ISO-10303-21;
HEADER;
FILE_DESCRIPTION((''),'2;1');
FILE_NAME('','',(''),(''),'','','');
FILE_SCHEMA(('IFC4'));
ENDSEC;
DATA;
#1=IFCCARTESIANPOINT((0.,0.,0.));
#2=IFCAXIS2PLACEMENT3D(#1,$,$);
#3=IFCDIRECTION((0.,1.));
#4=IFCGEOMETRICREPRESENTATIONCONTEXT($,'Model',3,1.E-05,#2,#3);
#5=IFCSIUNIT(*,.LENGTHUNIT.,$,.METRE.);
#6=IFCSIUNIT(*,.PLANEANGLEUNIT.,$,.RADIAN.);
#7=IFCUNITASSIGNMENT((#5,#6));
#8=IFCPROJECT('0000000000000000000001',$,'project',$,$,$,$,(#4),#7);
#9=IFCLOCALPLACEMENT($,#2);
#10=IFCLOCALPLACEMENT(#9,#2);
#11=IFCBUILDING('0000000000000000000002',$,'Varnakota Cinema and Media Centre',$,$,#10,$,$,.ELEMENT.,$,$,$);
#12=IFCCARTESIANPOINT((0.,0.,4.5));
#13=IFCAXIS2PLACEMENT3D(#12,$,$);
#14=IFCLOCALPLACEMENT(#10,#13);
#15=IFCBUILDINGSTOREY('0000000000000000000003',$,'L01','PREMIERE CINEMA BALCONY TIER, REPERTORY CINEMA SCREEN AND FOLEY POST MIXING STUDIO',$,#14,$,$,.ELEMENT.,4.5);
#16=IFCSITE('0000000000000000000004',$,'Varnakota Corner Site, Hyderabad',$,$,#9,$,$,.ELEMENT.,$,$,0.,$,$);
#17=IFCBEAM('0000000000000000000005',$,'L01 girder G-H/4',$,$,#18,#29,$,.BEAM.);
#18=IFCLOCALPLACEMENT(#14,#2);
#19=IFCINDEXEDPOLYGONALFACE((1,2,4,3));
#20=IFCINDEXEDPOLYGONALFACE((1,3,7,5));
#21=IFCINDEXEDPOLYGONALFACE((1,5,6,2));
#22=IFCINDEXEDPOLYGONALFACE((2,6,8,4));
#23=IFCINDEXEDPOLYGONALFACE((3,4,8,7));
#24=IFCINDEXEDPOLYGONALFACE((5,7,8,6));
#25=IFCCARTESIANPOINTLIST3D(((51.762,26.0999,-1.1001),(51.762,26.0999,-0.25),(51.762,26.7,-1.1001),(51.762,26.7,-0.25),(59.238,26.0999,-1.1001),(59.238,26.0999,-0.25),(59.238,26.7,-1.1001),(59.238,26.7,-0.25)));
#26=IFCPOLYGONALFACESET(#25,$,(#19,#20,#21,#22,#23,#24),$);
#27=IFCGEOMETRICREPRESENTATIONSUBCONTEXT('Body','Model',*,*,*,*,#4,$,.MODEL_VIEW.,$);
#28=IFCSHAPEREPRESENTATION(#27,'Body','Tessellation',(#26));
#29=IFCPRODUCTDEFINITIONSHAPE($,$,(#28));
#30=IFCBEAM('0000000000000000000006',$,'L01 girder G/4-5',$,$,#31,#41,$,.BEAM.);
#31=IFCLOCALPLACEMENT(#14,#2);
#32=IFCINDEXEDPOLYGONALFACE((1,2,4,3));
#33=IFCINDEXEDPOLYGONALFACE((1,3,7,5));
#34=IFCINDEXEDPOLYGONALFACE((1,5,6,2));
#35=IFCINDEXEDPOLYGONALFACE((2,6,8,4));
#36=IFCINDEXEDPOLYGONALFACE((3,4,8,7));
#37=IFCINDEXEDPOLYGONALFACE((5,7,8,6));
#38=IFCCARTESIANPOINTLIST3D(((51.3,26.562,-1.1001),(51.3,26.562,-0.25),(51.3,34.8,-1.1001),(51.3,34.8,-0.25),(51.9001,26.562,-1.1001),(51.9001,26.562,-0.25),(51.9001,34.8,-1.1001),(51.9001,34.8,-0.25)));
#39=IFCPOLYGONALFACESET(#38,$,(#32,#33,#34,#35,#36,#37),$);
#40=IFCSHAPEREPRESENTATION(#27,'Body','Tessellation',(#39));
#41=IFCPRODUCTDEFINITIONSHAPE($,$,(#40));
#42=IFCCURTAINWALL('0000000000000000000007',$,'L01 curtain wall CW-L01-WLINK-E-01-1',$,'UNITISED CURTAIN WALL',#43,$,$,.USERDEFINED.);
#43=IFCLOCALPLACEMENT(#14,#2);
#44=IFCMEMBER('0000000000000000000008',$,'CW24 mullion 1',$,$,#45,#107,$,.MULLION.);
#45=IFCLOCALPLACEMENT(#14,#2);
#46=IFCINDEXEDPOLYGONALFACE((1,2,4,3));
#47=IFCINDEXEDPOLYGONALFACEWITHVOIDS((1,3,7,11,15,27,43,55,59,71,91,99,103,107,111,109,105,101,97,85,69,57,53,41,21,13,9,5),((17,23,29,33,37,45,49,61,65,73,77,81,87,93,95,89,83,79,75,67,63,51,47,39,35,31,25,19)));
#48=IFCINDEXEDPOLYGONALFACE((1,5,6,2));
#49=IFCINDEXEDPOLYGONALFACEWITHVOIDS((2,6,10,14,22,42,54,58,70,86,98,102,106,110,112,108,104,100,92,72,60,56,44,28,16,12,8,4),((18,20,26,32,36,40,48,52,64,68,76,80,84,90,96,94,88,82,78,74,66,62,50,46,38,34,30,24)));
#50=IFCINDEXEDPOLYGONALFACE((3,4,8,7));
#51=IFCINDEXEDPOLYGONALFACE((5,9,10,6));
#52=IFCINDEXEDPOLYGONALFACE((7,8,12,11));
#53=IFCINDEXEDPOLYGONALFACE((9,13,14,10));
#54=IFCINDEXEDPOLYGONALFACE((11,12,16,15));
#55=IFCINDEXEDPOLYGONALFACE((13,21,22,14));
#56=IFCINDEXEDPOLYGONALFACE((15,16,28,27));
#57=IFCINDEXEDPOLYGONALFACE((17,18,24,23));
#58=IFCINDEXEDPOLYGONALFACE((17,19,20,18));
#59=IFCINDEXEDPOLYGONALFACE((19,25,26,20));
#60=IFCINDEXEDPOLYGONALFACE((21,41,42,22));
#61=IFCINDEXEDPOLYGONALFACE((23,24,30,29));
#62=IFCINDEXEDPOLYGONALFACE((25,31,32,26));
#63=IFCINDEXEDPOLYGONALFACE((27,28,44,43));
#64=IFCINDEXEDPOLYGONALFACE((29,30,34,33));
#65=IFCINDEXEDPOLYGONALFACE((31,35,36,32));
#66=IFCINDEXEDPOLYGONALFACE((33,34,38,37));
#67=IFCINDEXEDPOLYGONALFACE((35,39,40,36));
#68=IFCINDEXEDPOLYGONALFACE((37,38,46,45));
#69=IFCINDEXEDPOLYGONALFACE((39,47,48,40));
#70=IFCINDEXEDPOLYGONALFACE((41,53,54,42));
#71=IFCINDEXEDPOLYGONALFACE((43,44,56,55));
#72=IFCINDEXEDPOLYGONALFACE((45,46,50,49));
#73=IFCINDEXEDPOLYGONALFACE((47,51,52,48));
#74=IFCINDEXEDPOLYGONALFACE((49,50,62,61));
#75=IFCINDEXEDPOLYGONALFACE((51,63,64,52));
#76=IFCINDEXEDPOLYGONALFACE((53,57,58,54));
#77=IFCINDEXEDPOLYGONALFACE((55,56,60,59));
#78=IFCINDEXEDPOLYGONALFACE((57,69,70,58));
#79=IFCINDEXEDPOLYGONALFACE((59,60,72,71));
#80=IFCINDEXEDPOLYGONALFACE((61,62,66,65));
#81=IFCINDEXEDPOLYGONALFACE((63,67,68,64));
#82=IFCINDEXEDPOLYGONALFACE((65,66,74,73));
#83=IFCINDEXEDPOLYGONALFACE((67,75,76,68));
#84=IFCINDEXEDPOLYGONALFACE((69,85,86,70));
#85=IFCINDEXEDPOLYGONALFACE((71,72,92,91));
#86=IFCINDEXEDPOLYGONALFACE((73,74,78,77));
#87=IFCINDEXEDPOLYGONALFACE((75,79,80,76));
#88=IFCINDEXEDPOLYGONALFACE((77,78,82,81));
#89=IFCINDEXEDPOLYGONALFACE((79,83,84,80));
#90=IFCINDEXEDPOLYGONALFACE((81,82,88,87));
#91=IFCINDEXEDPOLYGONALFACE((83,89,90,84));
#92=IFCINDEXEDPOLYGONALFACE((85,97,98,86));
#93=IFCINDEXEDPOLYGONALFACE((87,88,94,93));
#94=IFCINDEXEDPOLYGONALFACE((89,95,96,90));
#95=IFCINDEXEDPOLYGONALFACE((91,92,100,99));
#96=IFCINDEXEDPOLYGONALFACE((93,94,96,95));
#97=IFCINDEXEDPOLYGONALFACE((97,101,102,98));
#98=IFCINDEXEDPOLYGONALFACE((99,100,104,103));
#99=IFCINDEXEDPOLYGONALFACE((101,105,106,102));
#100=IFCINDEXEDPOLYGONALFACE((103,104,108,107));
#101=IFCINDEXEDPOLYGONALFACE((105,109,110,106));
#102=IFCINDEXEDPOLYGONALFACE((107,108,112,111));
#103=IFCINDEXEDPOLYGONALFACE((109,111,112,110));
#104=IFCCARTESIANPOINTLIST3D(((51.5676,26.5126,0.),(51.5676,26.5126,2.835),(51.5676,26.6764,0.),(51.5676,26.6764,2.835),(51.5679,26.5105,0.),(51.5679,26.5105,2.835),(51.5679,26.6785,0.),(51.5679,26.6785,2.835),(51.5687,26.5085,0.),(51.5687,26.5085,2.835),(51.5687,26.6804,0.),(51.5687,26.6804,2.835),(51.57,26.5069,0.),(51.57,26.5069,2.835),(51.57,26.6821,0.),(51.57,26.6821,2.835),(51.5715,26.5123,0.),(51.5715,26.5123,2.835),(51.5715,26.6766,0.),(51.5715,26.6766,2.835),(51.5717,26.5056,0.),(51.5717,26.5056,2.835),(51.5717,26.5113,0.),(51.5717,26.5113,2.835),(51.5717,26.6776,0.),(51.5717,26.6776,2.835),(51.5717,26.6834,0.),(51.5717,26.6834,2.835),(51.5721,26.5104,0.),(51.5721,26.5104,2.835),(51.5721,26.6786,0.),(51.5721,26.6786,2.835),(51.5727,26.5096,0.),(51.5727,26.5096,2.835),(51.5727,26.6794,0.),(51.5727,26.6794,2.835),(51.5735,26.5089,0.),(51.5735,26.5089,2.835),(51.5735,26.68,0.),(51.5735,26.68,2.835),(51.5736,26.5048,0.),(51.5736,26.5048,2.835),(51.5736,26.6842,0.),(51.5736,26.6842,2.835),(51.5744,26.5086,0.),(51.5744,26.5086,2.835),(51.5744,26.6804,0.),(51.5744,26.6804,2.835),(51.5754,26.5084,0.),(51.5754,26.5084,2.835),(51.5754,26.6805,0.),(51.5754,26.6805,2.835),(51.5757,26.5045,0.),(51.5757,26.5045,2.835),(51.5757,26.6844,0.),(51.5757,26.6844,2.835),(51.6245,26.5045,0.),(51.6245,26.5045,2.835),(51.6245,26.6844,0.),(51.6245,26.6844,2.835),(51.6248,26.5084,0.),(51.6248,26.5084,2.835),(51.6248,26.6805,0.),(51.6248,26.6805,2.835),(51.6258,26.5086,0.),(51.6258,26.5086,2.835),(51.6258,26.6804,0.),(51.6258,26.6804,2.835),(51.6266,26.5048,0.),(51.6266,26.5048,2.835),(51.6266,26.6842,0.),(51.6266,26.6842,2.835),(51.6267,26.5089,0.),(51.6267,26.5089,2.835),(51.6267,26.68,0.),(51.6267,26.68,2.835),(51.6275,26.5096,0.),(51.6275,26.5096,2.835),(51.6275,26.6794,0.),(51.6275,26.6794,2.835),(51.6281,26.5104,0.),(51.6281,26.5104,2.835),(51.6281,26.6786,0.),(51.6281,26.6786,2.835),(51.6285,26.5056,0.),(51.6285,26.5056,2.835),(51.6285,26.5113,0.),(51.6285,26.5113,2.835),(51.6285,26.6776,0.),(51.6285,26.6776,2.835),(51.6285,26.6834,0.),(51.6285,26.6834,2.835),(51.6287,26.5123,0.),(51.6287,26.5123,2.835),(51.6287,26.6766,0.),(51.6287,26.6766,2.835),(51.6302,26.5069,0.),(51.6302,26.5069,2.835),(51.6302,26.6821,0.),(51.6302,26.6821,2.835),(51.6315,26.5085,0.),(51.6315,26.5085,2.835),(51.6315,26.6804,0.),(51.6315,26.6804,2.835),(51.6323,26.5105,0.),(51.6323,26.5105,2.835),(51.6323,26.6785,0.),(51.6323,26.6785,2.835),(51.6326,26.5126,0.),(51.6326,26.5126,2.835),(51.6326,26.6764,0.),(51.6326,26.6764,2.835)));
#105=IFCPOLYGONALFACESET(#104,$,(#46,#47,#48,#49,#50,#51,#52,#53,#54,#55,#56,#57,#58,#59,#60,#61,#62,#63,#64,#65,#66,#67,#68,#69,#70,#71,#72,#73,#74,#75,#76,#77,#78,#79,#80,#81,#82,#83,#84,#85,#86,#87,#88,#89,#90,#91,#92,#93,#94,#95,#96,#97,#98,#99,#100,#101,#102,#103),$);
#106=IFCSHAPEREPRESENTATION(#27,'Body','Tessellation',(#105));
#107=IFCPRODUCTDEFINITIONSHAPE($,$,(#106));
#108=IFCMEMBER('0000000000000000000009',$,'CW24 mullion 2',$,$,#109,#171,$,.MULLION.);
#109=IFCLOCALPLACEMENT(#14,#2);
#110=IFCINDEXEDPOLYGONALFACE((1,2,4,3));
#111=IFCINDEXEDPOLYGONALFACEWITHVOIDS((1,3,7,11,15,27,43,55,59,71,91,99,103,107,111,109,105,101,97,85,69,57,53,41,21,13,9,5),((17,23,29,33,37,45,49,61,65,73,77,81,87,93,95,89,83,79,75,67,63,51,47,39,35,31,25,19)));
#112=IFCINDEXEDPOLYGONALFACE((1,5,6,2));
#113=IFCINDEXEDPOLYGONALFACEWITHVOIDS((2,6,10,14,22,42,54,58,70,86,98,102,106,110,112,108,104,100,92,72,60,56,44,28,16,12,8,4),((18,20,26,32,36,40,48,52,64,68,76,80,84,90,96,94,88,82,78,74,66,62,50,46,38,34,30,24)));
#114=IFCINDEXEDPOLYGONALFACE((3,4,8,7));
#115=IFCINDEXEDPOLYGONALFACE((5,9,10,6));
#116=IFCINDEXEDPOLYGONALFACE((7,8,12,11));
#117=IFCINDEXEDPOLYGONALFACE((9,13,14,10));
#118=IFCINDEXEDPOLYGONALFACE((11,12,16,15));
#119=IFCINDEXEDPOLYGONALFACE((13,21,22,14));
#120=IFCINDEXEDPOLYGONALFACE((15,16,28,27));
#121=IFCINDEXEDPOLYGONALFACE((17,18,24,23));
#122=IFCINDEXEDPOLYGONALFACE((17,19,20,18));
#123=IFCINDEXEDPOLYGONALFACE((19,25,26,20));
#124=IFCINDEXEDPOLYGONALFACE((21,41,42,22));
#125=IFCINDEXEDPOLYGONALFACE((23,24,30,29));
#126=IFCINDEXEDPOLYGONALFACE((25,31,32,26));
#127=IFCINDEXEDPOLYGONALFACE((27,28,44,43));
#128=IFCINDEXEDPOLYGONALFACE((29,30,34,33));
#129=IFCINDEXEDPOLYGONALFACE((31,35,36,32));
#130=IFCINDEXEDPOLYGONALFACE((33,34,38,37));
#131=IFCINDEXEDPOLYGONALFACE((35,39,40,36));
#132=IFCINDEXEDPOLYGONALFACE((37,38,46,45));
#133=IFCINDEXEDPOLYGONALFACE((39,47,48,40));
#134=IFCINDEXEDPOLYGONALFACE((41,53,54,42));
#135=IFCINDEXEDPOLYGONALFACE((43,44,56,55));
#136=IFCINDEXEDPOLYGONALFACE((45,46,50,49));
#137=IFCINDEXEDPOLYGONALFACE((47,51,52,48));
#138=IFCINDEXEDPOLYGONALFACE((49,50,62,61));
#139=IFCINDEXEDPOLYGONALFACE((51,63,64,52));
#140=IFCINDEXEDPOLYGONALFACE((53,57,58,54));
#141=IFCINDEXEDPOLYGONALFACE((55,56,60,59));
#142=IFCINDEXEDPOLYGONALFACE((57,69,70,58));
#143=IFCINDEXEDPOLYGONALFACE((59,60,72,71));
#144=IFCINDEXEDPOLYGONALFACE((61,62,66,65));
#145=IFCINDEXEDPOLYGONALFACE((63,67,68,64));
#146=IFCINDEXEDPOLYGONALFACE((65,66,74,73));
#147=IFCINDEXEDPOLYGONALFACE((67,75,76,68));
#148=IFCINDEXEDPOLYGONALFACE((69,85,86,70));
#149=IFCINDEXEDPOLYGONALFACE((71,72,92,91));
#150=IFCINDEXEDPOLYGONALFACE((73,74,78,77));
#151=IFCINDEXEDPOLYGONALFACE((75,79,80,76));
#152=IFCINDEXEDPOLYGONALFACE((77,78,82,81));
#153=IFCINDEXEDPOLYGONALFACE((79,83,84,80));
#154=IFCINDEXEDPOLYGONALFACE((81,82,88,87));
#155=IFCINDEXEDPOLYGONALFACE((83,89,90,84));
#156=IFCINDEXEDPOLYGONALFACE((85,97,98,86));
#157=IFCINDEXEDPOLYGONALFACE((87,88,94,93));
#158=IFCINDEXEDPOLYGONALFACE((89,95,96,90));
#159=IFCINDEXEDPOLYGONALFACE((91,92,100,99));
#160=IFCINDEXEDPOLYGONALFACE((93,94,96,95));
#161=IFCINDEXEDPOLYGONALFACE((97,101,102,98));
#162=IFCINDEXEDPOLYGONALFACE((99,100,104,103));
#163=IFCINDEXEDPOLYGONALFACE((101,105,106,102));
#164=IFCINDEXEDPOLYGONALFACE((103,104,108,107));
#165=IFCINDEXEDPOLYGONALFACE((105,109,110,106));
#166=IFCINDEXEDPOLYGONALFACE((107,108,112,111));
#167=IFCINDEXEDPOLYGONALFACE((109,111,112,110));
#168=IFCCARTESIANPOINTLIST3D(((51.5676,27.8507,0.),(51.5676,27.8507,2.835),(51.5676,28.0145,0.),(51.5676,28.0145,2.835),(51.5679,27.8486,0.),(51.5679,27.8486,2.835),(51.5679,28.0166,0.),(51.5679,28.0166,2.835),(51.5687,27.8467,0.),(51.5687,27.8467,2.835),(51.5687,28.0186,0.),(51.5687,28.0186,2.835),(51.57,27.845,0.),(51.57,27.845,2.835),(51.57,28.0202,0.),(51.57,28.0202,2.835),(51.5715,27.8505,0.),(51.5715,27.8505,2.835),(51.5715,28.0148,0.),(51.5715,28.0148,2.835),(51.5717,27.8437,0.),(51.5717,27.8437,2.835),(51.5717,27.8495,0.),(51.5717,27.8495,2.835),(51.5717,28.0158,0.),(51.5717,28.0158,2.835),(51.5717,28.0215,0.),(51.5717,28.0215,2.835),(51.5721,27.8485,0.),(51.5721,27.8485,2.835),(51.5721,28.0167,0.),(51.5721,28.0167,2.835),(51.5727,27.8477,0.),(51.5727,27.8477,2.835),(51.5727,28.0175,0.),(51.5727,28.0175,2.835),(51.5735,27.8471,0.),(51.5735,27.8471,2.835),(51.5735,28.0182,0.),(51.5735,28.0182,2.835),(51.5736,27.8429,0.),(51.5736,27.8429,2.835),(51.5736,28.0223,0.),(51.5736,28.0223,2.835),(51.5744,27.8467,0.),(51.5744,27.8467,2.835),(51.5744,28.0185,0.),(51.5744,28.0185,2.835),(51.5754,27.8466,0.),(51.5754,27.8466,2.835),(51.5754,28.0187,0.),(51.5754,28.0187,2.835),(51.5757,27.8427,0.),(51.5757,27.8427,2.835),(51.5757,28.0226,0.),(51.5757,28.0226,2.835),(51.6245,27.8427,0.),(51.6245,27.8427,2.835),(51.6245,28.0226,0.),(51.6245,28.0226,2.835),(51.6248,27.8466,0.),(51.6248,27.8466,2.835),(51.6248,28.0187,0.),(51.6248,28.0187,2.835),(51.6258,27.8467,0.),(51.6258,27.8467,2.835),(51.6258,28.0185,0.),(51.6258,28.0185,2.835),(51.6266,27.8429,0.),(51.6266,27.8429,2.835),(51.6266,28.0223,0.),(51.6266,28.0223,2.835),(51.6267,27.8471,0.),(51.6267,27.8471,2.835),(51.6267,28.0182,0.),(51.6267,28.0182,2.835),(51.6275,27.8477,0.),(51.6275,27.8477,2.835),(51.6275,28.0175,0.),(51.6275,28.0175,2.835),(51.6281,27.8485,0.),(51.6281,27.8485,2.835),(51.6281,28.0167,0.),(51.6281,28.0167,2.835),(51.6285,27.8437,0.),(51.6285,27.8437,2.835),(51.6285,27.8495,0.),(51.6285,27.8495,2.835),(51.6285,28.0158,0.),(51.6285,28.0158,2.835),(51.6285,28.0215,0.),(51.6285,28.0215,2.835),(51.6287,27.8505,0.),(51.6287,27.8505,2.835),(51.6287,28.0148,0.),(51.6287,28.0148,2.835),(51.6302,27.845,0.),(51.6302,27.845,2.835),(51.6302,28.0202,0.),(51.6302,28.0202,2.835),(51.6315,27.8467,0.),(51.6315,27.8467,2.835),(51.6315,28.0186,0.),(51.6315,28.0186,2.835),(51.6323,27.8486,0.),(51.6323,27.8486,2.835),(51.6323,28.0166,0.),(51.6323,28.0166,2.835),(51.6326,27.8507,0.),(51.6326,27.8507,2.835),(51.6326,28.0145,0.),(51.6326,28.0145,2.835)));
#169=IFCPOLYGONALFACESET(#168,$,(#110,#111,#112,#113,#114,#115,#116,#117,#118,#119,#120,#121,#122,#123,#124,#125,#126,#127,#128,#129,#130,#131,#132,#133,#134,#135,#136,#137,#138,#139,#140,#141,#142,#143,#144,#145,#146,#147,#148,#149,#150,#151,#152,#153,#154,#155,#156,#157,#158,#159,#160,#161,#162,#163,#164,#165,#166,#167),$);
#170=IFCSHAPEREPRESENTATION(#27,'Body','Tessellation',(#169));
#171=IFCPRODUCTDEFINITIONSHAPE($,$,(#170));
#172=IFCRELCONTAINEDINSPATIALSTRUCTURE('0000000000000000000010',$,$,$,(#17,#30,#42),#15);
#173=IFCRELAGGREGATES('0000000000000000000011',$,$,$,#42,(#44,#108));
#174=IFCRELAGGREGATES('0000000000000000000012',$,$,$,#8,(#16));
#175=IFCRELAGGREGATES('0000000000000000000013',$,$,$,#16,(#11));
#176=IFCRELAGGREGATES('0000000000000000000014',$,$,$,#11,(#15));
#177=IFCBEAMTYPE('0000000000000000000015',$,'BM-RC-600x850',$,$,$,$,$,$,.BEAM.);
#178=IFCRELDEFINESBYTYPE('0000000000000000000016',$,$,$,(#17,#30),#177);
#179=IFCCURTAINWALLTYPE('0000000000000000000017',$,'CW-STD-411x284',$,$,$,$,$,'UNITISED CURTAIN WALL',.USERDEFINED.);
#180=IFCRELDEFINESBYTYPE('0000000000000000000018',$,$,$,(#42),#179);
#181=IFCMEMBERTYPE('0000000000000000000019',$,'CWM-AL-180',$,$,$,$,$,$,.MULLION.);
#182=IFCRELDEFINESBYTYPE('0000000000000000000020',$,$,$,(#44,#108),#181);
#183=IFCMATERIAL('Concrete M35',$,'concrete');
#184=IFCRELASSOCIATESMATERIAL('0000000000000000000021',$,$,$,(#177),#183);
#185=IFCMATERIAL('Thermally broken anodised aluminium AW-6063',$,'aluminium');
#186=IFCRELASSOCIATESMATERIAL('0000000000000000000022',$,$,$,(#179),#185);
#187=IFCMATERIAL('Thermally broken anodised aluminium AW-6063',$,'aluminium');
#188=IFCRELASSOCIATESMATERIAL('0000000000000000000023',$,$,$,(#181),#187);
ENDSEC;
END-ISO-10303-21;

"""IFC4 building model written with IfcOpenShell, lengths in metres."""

from ifc_helpers import new_model, si_unit, direction, frame, origin, origin_2d, place, context, subcontext, project, spatial, rectangle, hollow_rectangle, extrude, material, material_profile, profile_set, type_object, element, aggregate, save


model = new_model("IFC4")

# Units and contexts
model_context = context("Model", 3, precision=1e-05, world=origin(), true_north=direction((0.0, 1.0)))
body_context = subcontext(model_context, "Body", "Model", "MODEL_VIEW")
ifc_project = project(units=[si_unit("LENGTHUNIT", "METRE"), si_unit("PLANEANGLEUNIT", "RADIAN")], contexts=[model_context])

# Site, building, storey
site_placement = place(None, origin())
site = spatial("IfcSite", under=ifc_project, at=site_placement, Name="Varnakota Corner Site, Hyderabad", CompositionType="ELEMENT", RefElevation=0.0)
building_placement = place(site_placement, origin())
building = spatial("IfcBuilding", under=site, at=building_placement, Name="Varnakota Cinema and Media Centre", CompositionType="ELEMENT")
storey_placement = place(building_placement, frame((0.0, 0.0, 4.5)))
storey = spatial("IfcBuildingStorey", under=building, at=storey_placement, Name="L01", Description="PREMIERE CINEMA BALCONY TIER, REPERTORY CINEMA SCREEN AND FOLEY POST MIXING STUDIO", CompositionType="ELEMENT", Elevation=4.5)

# Beams
ifc_material_1 = material(Name="Concrete M35", Category="concrete")
ifc_material_profile_1 = material_profile(ifc_material_1, rectangle(XDim=0.6001, YDim=0.8501, at=origin_2d()), Name="RCB 600x850")
ifc_profile_set_1 = profile_set([ifc_material_profile_1], Name="Concrete M35")
beam_type = type_object("IfcBeamType", Name="BM-RC-600x850", PredefinedType="BEAM", material=ifc_profile_set_1)
beam_1_placement = place(storey_placement, frame((51.762, 26.3999, -0.675), z_axis=(1.0, 0.0, 0.0), x_axis=(0.0, 1.0, 0.0)))
element("IfcBeam", 1, at=beam_1_placement, inside=storey, type_object=beam_type, Name="L01 girder G-H/4", PredefinedType="BEAM", context=body_context, shape_type="SweptSolid", body=[
    extrude(rectangle(XDim=0.6001, YDim=0.8501, at=origin_2d()), origin(), (0.0, 0.0, 1.0), 7.4761),
])
beam_2_placement = place(storey_placement, frame((51.6001, 26.562, -0.675), z_axis=(0.0, 1.0, 0.0), x_axis=(-1.0, 0.0, 0.0)))
element("IfcBeam", 2, at=beam_2_placement, inside=storey, type_object=beam_type, Name="L01 girder G/4-5", PredefinedType="BEAM", context=body_context, shape_type="SweptSolid", body=[
    extrude(rectangle(XDim=0.6001, YDim=0.8501, at=origin_2d()), origin(), (0.0, 0.0, 1.0), 8.238),
])

# Curtain wall, members
ifc_material_2 = material(Name="Thermally broken anodised aluminium AW-6063", Category="aluminium")
curtain_wall_type_1 = type_object("IfcCurtainWallType", Name="CW-STD-411x284", ElementType="UNITISED CURTAIN WALL", PredefinedType="USERDEFINED", material=ifc_material_2)
curtain_wall_1_placement = place(storey_placement, origin())
curtain_wall_1 = element("IfcCurtainWall", 3, at=curtain_wall_1_placement, inside=storey, type_object=curtain_wall_type_1, Name="L01 curtain wall CW-L01-WLINK-E-01-1", ObjectType="UNITISED CURTAIN WALL", PredefinedType="USERDEFINED")
ifc_material_3 = material(Name="Thermally broken anodised aluminium AW-6063", Category="aluminium")
ifc_material_profile_2 = material_profile(ifc_material_3, hollow_rectangle(XDim=0.0649, YDim=0.1799, WallThickness=0.0039, InnerFilletRadius=0.0039, OuterFilletRadius=0.0081, at=origin_2d()), Name="AL-MULLION 180x65x4")
ifc_profile_set_2 = profile_set([ifc_material_profile_2], Name="Thermally broken anodised aluminium AW-6063")
member_type_1 = type_object("IfcMemberType", Name="CWM-AL-180", PredefinedType="MULLION", material=ifc_profile_set_2)
member_1_placement = place(storey_placement, frame((51.6001, 26.5945, 0.0), z_axis=(0.0, 0.0, 1.0), x_axis=(-1.0, 0.0, 0.0)))
member_1 = element("IfcMember", 4, at=member_1_placement, type_object=member_type_1, Name="CW24 mullion 1", PredefinedType="MULLION", context=body_context, shape_type="SweptSolid", body=[
    extrude(hollow_rectangle(XDim=0.0649, YDim=0.1799, WallThickness=0.0039, InnerFilletRadius=0.0039, OuterFilletRadius=0.0081, at=origin_2d()), origin(), (0.0, 0.0, 1.0), 2.835),
])
member_2_placement = place(storey_placement, frame((51.6001, 27.9326, 0.0), z_axis=(0.0, 0.0, 1.0), x_axis=(-1.0, 0.0, 0.0)))
member_2 = element("IfcMember", 5, at=member_2_placement, type_object=member_type_1, Name="CW24 mullion 2", PredefinedType="MULLION", context=body_context, shape_type="SweptSolid", body=[
    extrude(hollow_rectangle(XDim=0.0649, YDim=0.1799, WallThickness=0.0039, InnerFilletRadius=0.0039, OuterFilletRadius=0.0081, at=origin_2d()), origin(), (0.0, 0.0, 1.0), 2.835),
])

aggregate(curtain_wall_1, [member_1, member_2])

save(model, "model.ifc")
